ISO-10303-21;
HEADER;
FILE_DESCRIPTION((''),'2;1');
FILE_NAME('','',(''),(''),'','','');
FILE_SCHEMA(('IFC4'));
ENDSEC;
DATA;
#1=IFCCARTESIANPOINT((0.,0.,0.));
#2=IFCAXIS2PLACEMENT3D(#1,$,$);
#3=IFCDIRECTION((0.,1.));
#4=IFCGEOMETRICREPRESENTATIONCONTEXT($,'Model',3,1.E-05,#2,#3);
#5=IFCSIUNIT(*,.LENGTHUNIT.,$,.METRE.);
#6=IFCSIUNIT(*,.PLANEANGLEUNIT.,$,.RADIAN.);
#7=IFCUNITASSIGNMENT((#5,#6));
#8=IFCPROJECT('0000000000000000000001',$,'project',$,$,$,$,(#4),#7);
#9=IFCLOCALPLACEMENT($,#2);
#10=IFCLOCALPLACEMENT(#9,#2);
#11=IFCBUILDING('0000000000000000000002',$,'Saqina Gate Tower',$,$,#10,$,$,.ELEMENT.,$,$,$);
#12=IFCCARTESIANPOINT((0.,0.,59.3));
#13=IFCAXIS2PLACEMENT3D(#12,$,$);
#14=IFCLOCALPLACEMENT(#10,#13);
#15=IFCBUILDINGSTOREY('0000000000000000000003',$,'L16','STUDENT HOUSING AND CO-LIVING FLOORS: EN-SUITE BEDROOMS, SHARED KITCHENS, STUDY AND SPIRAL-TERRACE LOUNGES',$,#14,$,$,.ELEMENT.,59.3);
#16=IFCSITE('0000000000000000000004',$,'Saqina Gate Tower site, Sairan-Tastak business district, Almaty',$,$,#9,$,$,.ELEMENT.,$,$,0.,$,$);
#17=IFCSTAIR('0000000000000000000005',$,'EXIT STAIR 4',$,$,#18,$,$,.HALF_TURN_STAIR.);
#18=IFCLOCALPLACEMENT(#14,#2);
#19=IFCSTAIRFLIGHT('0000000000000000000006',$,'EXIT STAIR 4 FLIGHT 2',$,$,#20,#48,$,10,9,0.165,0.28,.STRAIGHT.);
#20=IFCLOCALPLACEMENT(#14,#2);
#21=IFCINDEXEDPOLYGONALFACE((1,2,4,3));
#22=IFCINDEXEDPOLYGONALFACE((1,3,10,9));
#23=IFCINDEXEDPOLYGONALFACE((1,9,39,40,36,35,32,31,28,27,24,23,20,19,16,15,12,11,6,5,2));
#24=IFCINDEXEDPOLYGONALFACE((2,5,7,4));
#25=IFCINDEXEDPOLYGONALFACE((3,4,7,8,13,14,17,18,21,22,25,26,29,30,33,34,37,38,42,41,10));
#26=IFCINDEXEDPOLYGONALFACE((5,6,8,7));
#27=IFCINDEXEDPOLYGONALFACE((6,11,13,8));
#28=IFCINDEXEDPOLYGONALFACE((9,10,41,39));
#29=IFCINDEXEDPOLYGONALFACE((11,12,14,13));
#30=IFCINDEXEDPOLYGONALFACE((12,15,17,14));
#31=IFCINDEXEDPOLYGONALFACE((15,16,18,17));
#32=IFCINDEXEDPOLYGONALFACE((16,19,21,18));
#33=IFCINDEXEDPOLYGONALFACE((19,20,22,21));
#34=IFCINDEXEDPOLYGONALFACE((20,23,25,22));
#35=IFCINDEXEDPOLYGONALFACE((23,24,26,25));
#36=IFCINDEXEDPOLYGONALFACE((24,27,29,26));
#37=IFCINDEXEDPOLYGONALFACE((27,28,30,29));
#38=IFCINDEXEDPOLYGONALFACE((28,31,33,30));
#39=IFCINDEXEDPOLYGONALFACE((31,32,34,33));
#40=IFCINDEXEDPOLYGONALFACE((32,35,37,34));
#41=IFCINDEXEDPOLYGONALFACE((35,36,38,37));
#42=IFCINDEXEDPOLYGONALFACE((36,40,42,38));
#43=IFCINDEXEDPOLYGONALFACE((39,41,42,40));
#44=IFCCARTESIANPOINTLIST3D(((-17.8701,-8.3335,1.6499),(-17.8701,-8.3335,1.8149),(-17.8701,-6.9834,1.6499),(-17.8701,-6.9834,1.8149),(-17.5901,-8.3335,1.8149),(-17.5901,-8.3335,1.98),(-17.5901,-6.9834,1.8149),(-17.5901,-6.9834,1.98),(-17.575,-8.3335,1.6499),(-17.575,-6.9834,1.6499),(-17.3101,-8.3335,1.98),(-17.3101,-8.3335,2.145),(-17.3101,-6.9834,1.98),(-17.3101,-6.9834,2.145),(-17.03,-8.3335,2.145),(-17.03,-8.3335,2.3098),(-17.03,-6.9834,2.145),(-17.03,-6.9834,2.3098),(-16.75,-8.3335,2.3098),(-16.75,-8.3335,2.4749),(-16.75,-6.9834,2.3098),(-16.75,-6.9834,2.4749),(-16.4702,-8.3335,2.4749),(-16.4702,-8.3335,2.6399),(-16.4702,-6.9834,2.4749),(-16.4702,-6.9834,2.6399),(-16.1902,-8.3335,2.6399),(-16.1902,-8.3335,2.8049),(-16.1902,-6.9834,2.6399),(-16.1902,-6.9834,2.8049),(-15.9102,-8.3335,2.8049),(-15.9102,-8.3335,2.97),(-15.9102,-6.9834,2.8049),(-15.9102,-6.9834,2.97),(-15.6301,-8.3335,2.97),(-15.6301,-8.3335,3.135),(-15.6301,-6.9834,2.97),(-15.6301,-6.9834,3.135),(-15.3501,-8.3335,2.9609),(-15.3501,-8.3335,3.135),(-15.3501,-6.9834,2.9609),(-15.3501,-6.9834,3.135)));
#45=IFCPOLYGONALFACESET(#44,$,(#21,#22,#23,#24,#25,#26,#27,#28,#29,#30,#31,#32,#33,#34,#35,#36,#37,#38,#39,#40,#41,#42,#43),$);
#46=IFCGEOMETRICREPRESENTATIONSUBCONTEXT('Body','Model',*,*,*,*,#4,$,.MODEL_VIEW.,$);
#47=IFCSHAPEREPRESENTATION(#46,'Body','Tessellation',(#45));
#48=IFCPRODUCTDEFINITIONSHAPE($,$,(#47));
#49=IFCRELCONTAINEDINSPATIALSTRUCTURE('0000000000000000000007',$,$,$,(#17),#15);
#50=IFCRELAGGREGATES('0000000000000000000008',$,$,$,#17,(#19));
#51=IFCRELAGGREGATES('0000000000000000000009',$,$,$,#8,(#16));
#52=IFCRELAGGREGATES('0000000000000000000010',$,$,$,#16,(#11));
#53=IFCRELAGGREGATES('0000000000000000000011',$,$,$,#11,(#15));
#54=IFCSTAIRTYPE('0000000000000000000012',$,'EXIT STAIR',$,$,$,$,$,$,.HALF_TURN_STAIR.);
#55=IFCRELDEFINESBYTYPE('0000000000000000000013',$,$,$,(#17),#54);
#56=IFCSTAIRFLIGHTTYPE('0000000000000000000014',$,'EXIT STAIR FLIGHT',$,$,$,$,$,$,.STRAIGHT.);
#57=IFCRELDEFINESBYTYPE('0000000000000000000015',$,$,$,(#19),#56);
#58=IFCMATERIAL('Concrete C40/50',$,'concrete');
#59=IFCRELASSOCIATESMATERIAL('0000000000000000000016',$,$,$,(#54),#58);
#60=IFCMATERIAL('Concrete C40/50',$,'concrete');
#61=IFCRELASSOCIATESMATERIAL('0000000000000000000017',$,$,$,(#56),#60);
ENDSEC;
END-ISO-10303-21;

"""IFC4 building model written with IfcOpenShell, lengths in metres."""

from ifc_helpers import new_model, si_unit, direction, frame, origin, place, context, subcontext, project, spatial, polyline, outline, extrude, material, type_object, element, aggregate, save


model = new_model("IFC4")

# Units and contexts
model_context = context("Model", 3, precision=1e-05, world=origin(), true_north=direction((0.0, 1.0)))
body_context = subcontext(model_context, "Body", "Model", "MODEL_VIEW")
ifc_project = project(units=[si_unit("LENGTHUNIT", "METRE"), si_unit("PLANEANGLEUNIT", "RADIAN")], contexts=[model_context])

# Site, building, storey
site_placement = place(None, origin())
site = spatial("IfcSite", under=ifc_project, at=site_placement, Name="Saqina Gate Tower site, Sairan-Tastak business district, Almaty", CompositionType="ELEMENT", RefElevation=0.0)
building_placement = place(site_placement, origin())
building = spatial("IfcBuilding", under=site, at=building_placement, Name="Saqina Gate Tower", CompositionType="ELEMENT")
storey_placement = place(building_placement, frame((0.0, 0.0, 59.3)))
storey = spatial("IfcBuildingStorey", under=building, at=storey_placement, Name="L16", Description="STUDENT HOUSING AND CO-LIVING FLOORS: EN-SUITE BEDROOMS, SHARED KITCHENS, STUDY AND SPIRAL-TERRACE LOUNGES", CompositionType="ELEMENT", Elevation=59.3)

# Stair, stair flight
ifc_material_1 = material(Name="Concrete C40/50", Category="concrete")
stair_type = type_object("IfcStairType", Name="EXIT STAIR", PredefinedType="HALF_TURN_STAIR", material=ifc_material_1)
stair_placement = place(storey_placement, origin())
stair = element("IfcStair", 1, at=stair_placement, inside=storey, type_object=stair_type, Name="EXIT STAIR 4", PredefinedType="HALF_TURN_STAIR")
ifc_material_2 = material(Name="Concrete C40/50", Category="concrete")
stair_flight_type = type_object("IfcStairFlightType", Name="EXIT STAIR FLIGHT", PredefinedType="STRAIGHT", material=ifc_material_2)
stair_flight_placement = place(storey_placement, frame((-17.8701, -7.6584, 1.6499), z_axis=(0.0, 0.0, 1.0), x_axis=(1.0, 0.0, 0.0)))
stair_flight = element("IfcStairFlight", 2, at=stair_flight_placement, type_object=stair_flight_type, Name="EXIT STAIR 4 FLIGHT 2", NumberOfRisers=10, NumberOfTreads=9, PredefinedType="STRAIGHT", RiserHeight=0.165, TreadLength=0.28, context=body_context, shape_type="SweptSolid", body=[
    extrude(outline(polyline([(0.0, 0.0), (0.0, 0.165), (0.28, 0.165), (0.28, 0.3301), (0.5601, 0.3301), (0.5601, 0.4951), (0.8401, 0.4951), (0.8401, 0.6599), (1.1201, 0.6599), (1.1201, 0.825), (1.3999, 0.825), (1.3999, 0.99), (1.6799, 0.99), (1.6799, 1.155), (1.96, 1.155), (1.96, 1.3201), (2.24, 1.3201), (2.24, 1.4851), (2.52, 1.4851), (2.52, 1.6499), (2.52, 1.311), (0.2952, 0.0), (0.0, 0.0)])), frame((0.0, 0.675, 0.0), z_axis=(0.0, -1.0, 0.0), x_axis=(1.0, 0.0, 0.0)), (0.0, 0.0, 1.0), 1.3501),
])
aggregate(stair, [stair_flight])

save(model, "model.ifc")
